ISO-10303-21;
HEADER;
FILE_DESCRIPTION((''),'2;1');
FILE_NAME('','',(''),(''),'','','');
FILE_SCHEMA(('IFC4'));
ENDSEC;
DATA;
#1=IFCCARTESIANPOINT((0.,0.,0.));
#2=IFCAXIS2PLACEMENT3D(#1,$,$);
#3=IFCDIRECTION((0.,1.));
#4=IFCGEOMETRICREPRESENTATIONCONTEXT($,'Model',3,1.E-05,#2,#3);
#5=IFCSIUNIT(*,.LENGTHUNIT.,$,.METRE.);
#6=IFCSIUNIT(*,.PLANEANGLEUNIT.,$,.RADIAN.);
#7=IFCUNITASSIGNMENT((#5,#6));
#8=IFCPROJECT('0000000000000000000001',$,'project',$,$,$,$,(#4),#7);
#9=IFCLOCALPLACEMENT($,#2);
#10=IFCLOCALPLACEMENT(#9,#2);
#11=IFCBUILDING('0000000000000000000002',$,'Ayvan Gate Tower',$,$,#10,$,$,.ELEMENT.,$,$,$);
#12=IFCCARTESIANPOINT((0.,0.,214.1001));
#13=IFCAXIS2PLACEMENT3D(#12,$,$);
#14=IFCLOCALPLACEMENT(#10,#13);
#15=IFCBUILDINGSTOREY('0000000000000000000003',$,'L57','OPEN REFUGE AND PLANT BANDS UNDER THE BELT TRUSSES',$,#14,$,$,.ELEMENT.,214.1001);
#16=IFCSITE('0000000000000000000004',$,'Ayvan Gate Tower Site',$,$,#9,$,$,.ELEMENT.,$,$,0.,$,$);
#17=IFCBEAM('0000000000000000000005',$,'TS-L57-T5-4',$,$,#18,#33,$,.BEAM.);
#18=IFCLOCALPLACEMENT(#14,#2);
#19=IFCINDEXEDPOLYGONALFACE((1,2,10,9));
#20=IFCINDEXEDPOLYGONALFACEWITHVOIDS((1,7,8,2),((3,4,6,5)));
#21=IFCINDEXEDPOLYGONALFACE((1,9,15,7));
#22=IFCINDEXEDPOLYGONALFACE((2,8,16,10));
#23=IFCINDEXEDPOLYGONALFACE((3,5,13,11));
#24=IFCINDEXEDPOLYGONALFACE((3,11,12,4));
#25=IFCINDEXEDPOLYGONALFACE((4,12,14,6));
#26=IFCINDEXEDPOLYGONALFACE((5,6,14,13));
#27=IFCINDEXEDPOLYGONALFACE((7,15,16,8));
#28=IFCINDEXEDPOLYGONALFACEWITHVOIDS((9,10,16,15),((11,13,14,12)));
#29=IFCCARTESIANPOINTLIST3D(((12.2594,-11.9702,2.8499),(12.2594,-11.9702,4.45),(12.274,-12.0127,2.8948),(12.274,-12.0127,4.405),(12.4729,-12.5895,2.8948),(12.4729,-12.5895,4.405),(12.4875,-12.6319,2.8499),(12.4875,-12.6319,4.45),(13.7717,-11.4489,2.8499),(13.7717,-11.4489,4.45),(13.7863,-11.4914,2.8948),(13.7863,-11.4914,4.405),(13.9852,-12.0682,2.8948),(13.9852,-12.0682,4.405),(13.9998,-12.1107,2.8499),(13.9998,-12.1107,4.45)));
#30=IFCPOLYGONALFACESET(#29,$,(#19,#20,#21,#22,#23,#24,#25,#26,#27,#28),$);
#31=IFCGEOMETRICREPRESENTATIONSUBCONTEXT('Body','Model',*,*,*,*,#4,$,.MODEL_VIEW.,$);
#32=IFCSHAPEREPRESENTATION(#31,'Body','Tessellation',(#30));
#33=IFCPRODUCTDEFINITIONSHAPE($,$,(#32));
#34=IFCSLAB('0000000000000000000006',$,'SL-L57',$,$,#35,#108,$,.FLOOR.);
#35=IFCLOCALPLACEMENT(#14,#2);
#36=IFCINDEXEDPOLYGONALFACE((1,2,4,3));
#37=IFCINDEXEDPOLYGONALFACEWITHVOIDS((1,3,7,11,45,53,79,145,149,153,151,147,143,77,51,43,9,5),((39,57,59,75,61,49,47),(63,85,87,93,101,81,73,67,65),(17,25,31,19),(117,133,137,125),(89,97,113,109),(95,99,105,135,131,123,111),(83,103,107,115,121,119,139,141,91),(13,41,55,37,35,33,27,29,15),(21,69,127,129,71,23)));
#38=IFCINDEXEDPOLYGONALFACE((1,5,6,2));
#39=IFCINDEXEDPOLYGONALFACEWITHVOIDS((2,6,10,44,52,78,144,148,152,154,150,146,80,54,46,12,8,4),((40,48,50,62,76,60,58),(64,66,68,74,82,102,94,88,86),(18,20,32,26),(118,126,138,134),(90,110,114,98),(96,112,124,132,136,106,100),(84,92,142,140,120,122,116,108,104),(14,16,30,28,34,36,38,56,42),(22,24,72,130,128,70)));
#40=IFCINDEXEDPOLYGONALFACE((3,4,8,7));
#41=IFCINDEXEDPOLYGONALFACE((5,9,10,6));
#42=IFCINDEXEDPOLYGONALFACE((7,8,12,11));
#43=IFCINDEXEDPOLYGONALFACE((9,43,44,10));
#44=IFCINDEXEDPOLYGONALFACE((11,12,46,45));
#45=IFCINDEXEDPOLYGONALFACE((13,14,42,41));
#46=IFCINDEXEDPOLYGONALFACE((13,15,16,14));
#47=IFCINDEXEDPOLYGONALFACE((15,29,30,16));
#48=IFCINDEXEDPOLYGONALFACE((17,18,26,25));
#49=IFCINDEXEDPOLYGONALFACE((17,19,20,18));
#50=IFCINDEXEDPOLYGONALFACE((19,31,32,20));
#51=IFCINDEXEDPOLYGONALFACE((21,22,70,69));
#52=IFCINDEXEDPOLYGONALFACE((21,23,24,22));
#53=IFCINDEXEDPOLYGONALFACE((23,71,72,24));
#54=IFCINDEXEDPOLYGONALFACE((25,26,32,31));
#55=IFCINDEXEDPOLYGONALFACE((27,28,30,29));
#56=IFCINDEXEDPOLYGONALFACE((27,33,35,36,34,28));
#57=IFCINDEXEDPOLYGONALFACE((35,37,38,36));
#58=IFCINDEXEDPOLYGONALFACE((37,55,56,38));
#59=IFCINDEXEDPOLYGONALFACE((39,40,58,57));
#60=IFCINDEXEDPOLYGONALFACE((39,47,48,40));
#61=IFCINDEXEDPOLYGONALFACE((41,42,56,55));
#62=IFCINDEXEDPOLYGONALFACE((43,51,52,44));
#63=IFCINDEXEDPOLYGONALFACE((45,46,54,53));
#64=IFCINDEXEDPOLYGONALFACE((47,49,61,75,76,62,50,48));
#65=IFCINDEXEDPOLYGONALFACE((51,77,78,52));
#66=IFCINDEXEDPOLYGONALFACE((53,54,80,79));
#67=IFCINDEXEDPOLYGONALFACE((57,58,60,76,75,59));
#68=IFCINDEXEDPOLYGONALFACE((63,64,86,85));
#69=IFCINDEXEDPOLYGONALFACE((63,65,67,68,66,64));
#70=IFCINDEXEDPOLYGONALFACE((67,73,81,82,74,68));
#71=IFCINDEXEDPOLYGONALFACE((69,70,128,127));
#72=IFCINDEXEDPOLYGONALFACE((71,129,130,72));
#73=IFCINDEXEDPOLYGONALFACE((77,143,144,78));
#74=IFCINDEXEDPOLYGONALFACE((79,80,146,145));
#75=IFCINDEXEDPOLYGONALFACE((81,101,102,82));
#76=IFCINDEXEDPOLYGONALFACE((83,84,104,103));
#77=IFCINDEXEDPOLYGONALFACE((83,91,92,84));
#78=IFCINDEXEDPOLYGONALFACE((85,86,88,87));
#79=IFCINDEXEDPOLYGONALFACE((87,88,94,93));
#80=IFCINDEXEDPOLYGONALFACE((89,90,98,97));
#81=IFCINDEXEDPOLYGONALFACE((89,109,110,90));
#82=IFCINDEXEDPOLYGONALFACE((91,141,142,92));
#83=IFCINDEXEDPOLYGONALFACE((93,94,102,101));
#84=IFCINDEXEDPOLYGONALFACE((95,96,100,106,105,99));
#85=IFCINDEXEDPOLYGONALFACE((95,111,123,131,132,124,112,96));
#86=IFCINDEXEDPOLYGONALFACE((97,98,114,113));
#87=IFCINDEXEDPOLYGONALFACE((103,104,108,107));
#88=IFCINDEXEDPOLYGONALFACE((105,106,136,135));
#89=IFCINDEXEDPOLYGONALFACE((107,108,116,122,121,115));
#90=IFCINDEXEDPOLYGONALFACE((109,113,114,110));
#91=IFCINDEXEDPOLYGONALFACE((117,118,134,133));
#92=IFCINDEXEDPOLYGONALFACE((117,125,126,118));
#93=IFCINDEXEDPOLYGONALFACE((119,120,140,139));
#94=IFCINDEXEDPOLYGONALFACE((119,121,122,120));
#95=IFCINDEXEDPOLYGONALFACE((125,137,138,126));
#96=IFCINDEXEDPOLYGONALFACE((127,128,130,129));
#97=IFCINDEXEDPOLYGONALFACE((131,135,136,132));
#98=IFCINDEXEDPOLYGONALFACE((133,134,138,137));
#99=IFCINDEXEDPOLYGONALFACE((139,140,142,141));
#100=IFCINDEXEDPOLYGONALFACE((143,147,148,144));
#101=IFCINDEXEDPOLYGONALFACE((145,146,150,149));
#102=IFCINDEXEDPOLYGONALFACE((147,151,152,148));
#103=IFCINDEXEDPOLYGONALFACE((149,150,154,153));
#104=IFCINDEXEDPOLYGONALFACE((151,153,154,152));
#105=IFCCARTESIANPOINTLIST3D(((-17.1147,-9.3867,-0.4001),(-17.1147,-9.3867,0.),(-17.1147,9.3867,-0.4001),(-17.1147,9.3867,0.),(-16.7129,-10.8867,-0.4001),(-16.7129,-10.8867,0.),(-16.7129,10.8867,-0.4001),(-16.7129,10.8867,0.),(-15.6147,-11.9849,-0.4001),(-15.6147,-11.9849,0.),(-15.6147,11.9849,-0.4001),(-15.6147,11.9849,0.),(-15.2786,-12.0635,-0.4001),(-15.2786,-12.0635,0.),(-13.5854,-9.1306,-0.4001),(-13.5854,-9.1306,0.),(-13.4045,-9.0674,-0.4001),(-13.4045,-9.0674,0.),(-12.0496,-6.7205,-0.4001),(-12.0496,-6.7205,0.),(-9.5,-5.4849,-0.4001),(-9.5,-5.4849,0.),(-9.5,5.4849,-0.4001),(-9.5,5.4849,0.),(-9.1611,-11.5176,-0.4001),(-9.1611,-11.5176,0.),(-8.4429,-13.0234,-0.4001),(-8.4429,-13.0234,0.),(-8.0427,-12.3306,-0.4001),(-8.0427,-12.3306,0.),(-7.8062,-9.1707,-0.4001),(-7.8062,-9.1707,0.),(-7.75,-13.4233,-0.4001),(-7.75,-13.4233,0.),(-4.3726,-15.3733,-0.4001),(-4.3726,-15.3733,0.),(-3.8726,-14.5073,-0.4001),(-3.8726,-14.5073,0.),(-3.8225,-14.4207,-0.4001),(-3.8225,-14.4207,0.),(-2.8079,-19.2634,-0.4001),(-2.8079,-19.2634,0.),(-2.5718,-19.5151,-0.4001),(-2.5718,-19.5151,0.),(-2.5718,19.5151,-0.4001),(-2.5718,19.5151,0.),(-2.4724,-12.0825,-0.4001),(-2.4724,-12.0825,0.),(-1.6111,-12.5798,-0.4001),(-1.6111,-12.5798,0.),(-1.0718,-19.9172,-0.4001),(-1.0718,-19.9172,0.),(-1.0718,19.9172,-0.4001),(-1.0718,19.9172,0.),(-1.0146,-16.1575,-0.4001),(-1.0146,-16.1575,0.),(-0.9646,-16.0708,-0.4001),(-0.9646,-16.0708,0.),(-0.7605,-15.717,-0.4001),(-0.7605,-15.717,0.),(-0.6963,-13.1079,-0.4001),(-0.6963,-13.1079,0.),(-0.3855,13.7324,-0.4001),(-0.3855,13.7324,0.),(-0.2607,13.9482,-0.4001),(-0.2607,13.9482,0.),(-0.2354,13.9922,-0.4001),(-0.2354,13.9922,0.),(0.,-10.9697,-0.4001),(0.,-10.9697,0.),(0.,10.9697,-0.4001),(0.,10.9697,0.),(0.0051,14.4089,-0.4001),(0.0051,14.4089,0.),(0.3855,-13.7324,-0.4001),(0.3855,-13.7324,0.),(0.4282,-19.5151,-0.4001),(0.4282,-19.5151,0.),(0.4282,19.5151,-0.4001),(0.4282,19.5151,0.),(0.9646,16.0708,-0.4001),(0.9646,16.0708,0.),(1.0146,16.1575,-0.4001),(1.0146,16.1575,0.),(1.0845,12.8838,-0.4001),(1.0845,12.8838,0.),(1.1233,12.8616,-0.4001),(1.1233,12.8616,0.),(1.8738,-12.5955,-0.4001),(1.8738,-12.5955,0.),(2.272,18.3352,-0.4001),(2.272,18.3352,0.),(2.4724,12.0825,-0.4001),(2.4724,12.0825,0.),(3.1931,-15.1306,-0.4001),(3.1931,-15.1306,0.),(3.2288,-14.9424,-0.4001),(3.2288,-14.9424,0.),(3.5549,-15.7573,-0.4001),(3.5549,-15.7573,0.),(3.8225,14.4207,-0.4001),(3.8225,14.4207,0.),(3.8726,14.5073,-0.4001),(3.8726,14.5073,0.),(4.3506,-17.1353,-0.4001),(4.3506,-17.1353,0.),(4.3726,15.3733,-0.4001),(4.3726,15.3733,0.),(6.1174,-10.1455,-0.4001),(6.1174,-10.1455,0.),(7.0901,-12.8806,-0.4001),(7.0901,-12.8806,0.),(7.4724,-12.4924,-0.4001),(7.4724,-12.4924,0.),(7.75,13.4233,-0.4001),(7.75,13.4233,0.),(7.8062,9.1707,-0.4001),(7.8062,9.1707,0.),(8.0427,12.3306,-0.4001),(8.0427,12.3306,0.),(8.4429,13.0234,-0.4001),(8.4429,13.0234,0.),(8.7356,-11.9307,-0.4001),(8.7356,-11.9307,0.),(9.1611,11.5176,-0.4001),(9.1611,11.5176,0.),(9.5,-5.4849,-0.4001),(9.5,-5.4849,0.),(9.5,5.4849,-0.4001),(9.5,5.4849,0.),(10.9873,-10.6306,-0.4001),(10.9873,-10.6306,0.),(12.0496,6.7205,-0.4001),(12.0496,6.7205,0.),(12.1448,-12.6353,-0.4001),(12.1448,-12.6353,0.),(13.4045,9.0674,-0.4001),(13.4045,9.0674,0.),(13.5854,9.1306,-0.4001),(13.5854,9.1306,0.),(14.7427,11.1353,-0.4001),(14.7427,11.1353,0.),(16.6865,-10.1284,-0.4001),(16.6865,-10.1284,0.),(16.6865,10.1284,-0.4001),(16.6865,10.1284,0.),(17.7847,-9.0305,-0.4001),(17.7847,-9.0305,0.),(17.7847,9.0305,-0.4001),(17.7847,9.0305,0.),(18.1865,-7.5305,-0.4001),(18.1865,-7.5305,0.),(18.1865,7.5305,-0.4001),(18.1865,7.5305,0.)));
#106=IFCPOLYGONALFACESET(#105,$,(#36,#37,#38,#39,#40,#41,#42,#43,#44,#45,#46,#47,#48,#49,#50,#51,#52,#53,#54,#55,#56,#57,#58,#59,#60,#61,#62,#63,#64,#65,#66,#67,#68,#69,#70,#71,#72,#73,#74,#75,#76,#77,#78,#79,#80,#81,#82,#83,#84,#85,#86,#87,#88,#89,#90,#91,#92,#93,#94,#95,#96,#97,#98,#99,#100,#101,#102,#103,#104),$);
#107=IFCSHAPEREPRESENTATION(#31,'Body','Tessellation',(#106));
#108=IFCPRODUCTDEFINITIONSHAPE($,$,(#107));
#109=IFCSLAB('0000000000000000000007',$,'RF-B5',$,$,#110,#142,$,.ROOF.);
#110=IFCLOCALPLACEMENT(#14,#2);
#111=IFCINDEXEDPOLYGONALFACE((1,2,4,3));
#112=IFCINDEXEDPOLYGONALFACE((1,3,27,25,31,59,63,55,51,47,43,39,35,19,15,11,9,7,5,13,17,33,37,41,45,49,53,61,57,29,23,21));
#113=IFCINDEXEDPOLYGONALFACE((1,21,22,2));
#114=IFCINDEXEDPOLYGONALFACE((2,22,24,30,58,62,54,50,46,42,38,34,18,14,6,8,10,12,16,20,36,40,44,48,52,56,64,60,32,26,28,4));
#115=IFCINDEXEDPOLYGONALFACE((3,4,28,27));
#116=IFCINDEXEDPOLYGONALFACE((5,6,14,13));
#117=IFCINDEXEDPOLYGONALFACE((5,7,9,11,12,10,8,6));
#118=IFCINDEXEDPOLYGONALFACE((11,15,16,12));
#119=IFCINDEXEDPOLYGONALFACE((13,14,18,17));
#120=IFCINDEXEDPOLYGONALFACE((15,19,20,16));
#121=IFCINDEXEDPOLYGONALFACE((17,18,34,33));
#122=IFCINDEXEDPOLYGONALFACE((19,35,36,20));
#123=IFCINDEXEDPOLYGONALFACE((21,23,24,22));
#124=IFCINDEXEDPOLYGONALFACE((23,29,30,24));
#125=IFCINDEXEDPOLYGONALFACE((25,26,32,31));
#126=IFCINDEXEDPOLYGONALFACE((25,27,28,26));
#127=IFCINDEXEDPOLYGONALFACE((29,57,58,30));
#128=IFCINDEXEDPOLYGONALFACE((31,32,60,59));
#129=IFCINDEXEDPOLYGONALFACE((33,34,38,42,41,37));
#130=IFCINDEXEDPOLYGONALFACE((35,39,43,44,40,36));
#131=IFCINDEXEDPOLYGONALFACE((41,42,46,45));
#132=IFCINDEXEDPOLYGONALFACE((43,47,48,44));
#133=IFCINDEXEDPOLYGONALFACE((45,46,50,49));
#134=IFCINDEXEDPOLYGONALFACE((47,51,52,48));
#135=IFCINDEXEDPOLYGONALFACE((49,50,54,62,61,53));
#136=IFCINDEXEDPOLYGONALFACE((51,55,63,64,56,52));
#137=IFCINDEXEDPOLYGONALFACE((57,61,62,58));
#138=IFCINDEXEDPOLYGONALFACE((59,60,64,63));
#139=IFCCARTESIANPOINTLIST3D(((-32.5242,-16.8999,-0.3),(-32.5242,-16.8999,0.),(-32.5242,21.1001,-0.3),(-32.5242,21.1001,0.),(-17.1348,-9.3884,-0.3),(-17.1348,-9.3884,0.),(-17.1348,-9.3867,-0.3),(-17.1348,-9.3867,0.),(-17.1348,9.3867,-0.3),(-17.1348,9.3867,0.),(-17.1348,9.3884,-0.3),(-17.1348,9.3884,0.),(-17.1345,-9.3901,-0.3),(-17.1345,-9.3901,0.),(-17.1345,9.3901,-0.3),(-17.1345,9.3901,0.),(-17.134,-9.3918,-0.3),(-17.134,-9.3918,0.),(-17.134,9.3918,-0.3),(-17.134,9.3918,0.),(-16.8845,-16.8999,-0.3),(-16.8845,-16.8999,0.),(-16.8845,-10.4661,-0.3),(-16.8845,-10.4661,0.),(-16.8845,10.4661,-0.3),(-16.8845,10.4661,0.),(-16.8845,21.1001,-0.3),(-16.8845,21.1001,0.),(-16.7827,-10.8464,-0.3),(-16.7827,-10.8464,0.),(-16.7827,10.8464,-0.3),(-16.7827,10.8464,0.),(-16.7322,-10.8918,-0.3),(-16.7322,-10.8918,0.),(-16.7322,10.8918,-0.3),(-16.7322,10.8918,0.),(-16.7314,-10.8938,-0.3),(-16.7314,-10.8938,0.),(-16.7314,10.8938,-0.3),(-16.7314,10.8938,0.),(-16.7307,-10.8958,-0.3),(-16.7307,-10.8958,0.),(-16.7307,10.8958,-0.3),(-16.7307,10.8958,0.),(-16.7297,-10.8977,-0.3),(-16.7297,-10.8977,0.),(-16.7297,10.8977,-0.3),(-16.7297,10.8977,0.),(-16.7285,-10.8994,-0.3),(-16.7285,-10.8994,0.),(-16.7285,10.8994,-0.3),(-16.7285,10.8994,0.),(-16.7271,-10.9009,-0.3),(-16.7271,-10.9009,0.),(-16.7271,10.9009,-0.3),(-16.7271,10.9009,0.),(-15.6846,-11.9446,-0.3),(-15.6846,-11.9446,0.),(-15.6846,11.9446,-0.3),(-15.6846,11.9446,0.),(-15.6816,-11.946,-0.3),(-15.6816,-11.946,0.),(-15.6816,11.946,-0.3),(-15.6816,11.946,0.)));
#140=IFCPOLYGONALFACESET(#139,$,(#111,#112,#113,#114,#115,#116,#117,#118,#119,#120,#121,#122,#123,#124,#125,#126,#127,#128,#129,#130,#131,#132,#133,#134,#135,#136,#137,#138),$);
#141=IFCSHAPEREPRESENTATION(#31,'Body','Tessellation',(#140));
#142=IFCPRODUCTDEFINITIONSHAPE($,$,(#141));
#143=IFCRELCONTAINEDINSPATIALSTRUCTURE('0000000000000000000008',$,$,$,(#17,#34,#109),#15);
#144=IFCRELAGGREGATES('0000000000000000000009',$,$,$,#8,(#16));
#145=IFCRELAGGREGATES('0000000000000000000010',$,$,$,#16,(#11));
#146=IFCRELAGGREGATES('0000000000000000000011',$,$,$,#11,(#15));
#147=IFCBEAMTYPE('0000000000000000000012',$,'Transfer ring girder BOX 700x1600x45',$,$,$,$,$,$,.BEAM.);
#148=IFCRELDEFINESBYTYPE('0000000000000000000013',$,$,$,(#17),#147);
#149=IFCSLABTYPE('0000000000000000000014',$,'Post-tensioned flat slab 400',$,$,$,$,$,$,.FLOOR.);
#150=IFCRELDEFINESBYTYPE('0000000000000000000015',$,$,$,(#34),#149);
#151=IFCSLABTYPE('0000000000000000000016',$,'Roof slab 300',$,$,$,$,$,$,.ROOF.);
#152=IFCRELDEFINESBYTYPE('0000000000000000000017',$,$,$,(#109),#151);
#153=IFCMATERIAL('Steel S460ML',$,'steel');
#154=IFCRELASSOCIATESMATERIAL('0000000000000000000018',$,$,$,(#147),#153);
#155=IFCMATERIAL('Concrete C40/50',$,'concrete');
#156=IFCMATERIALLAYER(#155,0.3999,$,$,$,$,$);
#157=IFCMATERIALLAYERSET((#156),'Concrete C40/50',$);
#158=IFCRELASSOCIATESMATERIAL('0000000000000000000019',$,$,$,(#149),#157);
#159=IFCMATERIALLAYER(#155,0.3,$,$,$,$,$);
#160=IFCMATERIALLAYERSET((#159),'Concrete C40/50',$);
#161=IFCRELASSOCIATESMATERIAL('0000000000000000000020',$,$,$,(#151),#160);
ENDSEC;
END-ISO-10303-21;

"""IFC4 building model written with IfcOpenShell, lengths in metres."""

from ifc_helpers import new_model, si_unit, direction, frame, origin, origin_2d, place, context, subcontext, project, spatial, polyline, hollow_rectangle, outline, extrude, material, layer, layer_set, material_profile, profile_set, type_object, element, save


model = new_model("IFC4")

# Units and contexts
model_context = context("Model", 3, precision=1e-05, world=origin(), true_north=direction((0.0, 1.0)))
body_context = subcontext(model_context, "Body", "Model", "MODEL_VIEW")
ifc_project = project(units=[si_unit("LENGTHUNIT", "METRE"), si_unit("PLANEANGLEUNIT", "RADIAN")], contexts=[model_context])

# Site, building, storey
site_placement = place(None, origin())
site = spatial("IfcSite", under=ifc_project, at=site_placement, Name="Ayvan Gate Tower Site", CompositionType="ELEMENT", RefElevation=0.0)
building_placement = place(site_placement, origin())
building = spatial("IfcBuilding", under=site, at=building_placement, Name="Ayvan Gate Tower", CompositionType="ELEMENT")
storey_placement = place(building_placement, frame((0.0, 0.0, 214.1001)))
storey = spatial("IfcBuildingStorey", under=building, at=storey_placement, Name="L57", Description="OPEN REFUGE AND PLANT BANDS UNDER THE BELT TRUSSES", CompositionType="ELEMENT", Elevation=214.1001)

# Beam
ifc_material_1 = material(Name="Steel S460ML", Category="steel")
ifc_material_profile = material_profile(ifc_material_1, hollow_rectangle(XDim=0.7, YDim=1.6001, WallThickness=0.0449, at=origin_2d()), Name="BOX 700x1600x45")
ifc_profile_set = profile_set([ifc_material_profile], Name="Steel S460ML")
beam_type = type_object("IfcBeamType", Name="Transfer ring girder BOX 700x1600x45", PredefinedType="BEAM", material=ifc_profile_set)
beam_placement = place(storey_placement, frame((13.8857, -11.7798, 3.6499), z_axis=(-0.945414, -0.325873, 0.0), x_axis=(0.325873, -0.945414, 0.0)))
element("IfcBeam", 1, at=beam_placement, inside=storey, type_object=beam_type, Name="TS-L57-T5-4", PredefinedType="BEAM", context=body_context, shape_type="SweptSolid", body=[
    extrude(hollow_rectangle(XDim=0.7, YDim=1.6001, WallThickness=0.0449, at=origin_2d()), origin(), (0.0, 0.0, 1.0), 1.5996),
])

# Slabs
ifc_material_2 = material(Name="Concrete C40/50", Category="concrete")
ifc_layer_1 = layer(ifc_material_2, 0.3999)
ifc_layer_set_1 = layer_set([ifc_layer_1], Name="Concrete C40/50")
slab_type_1 = type_object("IfcSlabType", Name="Post-tensioned flat slab 400", PredefinedType="FLOOR", material=ifc_layer_set_1)
slab_1_placement = place(storey_placement, frame((0.0, 0.0, -0.4001)))
element("IfcSlab", 2, at=slab_1_placement, inside=storey, type_object=slab_type_1, Name="SL-L57", PredefinedType="FLOOR", context=body_context, shape_type="SweptSolid", body=[
    extrude(outline(polyline([(-15.6147, -11.9849), (-16.7129, -10.8867), (-17.1147, -9.3867), (-17.1147, 9.3867), (-16.7129, 10.8867), (-15.6147, 11.9849), (-2.5718, 19.5151), (-1.0718, 19.9172), (0.4282, 19.5151), (16.6865, 10.1284), (17.7847, 9.0305), (18.1865, 7.5305), (18.1865, -7.5305), (17.7847, -9.0305), (16.6865, -10.1284), (0.4282, -19.5151), (-1.0718, -19.9172), (-2.5718, -19.5151), (-15.6147, -11.9849)]), holes=[polyline([(8.0427, 12.3306), (13.5854, 9.1306), (14.7427, 11.1353), (2.272, 18.3352), (1.0146, 16.1575), (3.8726, 14.5073), (4.3726, 15.3733), (7.75, 13.4233), (8.4429, 13.0234), (8.0427, 12.3306)]), polyline([(7.8062, 9.1707), (12.0496, 6.7205), (13.4045, 9.0674), (9.1611, 11.5176), (7.8062, 9.1707)]), polyline([(3.5549, -15.7573), (4.3506, -17.1353), (12.1448, -12.6353), (10.9873, -10.6306), (8.7356, -11.9307), (7.0901, -12.8806), (3.1931, -15.1306), (3.5549, -15.7573)]), polyline([(-9.5, -5.4849), (0.0, -10.9697), (9.5, -5.4849), (9.5, 5.4849), (0.0, 10.9697), (-9.5, 5.4849), (-9.5, -5.4849)]), polyline([(6.1174, -10.1455), (1.8738, -12.5955), (3.2288, -14.9424), (7.4724, -12.4924), (6.1174, -10.1455)]), polyline([(0.9646, 16.0708), (0.0051, 14.4089), (-0.2354, 13.9922), (-0.2607, 13.9482), (-0.3855, 13.7324), (1.0845, 12.8838), (1.1233, 12.8616), (2.4724, 12.0825), (3.8225, 14.4207), (0.9646, 16.0708)]), polyline([(-1.6111, -12.5798), (-2.4724, -12.0825), (-3.8225, -14.4207), (-0.9646, -16.0708), (-0.7605, -15.717), (0.3855, -13.7324), (-0.6963, -13.1079), (-1.6111, -12.5798)]), polyline([(-15.2786, -12.0635), (-2.8079, -19.2634), (-1.0146, -16.1575), (-3.8726, -14.5073), (-4.3726, -15.3733), (-7.75, -13.4233), (-8.4429, -13.0234), (-8.0427, -12.3306), (-13.5854, -9.1306), (-15.2786, -12.0635)]), polyline([(-13.4045, -9.0674), (-9.1611, -11.5176), (-7.8062, -9.1707), (-12.0496, -6.7205), (-13.4045, -9.0674)])]), origin(), (0.0, 0.0, 1.0), 0.4001),
])
ifc_layer_2 = layer(ifc_material_2, 0.3)
ifc_layer_set_2 = layer_set([ifc_layer_2], Name="Concrete C40/50")
slab_type_2 = type_object("IfcSlabType", Name="Roof slab 300", PredefinedType="ROOF", material=ifc_layer_set_2)
slab_2_placement = place(storey_placement, frame((0.0, 0.0, -0.3)))
element("IfcSlab", 3, at=slab_2_placement, inside=storey, type_object=slab_type_2, Name="RF-B5", PredefinedType="ROOF", context=body_context, shape_type="SweptSolid", body=[
    extrude(outline(polyline([(-15.6846, -11.9446), (-16.7827, -10.8464), (-16.8845, -10.4661), (-16.8845, -16.8999), (-32.5242, -16.8999), (-32.5242, 21.1001), (-16.8845, 21.1001), (-16.8845, 10.4661), (-16.7827, 10.8464), (-15.6846, 11.9446), (-15.6816, 11.946), (-16.7271, 10.9009), (-16.7285, 10.8994), (-16.7297, 10.8977), (-16.7307, 10.8958), (-16.7314, 10.8938), (-16.7322, 10.8918), (-17.134, 9.3918), (-17.1345, 9.3901), (-17.1348, 9.3884), (-17.1348, 9.3867), (-17.1348, -9.3867), (-17.1348, -9.3884), (-17.1345, -9.3901), (-17.134, -9.3918), (-16.7322, -10.8918), (-16.7314, -10.8938), (-16.7307, -10.8958), (-16.7297, -10.8977), (-16.7285, -10.8994), (-16.7271, -10.9009), (-15.6816, -11.946), (-15.6846, -11.9446)])), origin(), (0.0, 0.0, 1.0), 0.3),
])

save(model, "model.ifc")
